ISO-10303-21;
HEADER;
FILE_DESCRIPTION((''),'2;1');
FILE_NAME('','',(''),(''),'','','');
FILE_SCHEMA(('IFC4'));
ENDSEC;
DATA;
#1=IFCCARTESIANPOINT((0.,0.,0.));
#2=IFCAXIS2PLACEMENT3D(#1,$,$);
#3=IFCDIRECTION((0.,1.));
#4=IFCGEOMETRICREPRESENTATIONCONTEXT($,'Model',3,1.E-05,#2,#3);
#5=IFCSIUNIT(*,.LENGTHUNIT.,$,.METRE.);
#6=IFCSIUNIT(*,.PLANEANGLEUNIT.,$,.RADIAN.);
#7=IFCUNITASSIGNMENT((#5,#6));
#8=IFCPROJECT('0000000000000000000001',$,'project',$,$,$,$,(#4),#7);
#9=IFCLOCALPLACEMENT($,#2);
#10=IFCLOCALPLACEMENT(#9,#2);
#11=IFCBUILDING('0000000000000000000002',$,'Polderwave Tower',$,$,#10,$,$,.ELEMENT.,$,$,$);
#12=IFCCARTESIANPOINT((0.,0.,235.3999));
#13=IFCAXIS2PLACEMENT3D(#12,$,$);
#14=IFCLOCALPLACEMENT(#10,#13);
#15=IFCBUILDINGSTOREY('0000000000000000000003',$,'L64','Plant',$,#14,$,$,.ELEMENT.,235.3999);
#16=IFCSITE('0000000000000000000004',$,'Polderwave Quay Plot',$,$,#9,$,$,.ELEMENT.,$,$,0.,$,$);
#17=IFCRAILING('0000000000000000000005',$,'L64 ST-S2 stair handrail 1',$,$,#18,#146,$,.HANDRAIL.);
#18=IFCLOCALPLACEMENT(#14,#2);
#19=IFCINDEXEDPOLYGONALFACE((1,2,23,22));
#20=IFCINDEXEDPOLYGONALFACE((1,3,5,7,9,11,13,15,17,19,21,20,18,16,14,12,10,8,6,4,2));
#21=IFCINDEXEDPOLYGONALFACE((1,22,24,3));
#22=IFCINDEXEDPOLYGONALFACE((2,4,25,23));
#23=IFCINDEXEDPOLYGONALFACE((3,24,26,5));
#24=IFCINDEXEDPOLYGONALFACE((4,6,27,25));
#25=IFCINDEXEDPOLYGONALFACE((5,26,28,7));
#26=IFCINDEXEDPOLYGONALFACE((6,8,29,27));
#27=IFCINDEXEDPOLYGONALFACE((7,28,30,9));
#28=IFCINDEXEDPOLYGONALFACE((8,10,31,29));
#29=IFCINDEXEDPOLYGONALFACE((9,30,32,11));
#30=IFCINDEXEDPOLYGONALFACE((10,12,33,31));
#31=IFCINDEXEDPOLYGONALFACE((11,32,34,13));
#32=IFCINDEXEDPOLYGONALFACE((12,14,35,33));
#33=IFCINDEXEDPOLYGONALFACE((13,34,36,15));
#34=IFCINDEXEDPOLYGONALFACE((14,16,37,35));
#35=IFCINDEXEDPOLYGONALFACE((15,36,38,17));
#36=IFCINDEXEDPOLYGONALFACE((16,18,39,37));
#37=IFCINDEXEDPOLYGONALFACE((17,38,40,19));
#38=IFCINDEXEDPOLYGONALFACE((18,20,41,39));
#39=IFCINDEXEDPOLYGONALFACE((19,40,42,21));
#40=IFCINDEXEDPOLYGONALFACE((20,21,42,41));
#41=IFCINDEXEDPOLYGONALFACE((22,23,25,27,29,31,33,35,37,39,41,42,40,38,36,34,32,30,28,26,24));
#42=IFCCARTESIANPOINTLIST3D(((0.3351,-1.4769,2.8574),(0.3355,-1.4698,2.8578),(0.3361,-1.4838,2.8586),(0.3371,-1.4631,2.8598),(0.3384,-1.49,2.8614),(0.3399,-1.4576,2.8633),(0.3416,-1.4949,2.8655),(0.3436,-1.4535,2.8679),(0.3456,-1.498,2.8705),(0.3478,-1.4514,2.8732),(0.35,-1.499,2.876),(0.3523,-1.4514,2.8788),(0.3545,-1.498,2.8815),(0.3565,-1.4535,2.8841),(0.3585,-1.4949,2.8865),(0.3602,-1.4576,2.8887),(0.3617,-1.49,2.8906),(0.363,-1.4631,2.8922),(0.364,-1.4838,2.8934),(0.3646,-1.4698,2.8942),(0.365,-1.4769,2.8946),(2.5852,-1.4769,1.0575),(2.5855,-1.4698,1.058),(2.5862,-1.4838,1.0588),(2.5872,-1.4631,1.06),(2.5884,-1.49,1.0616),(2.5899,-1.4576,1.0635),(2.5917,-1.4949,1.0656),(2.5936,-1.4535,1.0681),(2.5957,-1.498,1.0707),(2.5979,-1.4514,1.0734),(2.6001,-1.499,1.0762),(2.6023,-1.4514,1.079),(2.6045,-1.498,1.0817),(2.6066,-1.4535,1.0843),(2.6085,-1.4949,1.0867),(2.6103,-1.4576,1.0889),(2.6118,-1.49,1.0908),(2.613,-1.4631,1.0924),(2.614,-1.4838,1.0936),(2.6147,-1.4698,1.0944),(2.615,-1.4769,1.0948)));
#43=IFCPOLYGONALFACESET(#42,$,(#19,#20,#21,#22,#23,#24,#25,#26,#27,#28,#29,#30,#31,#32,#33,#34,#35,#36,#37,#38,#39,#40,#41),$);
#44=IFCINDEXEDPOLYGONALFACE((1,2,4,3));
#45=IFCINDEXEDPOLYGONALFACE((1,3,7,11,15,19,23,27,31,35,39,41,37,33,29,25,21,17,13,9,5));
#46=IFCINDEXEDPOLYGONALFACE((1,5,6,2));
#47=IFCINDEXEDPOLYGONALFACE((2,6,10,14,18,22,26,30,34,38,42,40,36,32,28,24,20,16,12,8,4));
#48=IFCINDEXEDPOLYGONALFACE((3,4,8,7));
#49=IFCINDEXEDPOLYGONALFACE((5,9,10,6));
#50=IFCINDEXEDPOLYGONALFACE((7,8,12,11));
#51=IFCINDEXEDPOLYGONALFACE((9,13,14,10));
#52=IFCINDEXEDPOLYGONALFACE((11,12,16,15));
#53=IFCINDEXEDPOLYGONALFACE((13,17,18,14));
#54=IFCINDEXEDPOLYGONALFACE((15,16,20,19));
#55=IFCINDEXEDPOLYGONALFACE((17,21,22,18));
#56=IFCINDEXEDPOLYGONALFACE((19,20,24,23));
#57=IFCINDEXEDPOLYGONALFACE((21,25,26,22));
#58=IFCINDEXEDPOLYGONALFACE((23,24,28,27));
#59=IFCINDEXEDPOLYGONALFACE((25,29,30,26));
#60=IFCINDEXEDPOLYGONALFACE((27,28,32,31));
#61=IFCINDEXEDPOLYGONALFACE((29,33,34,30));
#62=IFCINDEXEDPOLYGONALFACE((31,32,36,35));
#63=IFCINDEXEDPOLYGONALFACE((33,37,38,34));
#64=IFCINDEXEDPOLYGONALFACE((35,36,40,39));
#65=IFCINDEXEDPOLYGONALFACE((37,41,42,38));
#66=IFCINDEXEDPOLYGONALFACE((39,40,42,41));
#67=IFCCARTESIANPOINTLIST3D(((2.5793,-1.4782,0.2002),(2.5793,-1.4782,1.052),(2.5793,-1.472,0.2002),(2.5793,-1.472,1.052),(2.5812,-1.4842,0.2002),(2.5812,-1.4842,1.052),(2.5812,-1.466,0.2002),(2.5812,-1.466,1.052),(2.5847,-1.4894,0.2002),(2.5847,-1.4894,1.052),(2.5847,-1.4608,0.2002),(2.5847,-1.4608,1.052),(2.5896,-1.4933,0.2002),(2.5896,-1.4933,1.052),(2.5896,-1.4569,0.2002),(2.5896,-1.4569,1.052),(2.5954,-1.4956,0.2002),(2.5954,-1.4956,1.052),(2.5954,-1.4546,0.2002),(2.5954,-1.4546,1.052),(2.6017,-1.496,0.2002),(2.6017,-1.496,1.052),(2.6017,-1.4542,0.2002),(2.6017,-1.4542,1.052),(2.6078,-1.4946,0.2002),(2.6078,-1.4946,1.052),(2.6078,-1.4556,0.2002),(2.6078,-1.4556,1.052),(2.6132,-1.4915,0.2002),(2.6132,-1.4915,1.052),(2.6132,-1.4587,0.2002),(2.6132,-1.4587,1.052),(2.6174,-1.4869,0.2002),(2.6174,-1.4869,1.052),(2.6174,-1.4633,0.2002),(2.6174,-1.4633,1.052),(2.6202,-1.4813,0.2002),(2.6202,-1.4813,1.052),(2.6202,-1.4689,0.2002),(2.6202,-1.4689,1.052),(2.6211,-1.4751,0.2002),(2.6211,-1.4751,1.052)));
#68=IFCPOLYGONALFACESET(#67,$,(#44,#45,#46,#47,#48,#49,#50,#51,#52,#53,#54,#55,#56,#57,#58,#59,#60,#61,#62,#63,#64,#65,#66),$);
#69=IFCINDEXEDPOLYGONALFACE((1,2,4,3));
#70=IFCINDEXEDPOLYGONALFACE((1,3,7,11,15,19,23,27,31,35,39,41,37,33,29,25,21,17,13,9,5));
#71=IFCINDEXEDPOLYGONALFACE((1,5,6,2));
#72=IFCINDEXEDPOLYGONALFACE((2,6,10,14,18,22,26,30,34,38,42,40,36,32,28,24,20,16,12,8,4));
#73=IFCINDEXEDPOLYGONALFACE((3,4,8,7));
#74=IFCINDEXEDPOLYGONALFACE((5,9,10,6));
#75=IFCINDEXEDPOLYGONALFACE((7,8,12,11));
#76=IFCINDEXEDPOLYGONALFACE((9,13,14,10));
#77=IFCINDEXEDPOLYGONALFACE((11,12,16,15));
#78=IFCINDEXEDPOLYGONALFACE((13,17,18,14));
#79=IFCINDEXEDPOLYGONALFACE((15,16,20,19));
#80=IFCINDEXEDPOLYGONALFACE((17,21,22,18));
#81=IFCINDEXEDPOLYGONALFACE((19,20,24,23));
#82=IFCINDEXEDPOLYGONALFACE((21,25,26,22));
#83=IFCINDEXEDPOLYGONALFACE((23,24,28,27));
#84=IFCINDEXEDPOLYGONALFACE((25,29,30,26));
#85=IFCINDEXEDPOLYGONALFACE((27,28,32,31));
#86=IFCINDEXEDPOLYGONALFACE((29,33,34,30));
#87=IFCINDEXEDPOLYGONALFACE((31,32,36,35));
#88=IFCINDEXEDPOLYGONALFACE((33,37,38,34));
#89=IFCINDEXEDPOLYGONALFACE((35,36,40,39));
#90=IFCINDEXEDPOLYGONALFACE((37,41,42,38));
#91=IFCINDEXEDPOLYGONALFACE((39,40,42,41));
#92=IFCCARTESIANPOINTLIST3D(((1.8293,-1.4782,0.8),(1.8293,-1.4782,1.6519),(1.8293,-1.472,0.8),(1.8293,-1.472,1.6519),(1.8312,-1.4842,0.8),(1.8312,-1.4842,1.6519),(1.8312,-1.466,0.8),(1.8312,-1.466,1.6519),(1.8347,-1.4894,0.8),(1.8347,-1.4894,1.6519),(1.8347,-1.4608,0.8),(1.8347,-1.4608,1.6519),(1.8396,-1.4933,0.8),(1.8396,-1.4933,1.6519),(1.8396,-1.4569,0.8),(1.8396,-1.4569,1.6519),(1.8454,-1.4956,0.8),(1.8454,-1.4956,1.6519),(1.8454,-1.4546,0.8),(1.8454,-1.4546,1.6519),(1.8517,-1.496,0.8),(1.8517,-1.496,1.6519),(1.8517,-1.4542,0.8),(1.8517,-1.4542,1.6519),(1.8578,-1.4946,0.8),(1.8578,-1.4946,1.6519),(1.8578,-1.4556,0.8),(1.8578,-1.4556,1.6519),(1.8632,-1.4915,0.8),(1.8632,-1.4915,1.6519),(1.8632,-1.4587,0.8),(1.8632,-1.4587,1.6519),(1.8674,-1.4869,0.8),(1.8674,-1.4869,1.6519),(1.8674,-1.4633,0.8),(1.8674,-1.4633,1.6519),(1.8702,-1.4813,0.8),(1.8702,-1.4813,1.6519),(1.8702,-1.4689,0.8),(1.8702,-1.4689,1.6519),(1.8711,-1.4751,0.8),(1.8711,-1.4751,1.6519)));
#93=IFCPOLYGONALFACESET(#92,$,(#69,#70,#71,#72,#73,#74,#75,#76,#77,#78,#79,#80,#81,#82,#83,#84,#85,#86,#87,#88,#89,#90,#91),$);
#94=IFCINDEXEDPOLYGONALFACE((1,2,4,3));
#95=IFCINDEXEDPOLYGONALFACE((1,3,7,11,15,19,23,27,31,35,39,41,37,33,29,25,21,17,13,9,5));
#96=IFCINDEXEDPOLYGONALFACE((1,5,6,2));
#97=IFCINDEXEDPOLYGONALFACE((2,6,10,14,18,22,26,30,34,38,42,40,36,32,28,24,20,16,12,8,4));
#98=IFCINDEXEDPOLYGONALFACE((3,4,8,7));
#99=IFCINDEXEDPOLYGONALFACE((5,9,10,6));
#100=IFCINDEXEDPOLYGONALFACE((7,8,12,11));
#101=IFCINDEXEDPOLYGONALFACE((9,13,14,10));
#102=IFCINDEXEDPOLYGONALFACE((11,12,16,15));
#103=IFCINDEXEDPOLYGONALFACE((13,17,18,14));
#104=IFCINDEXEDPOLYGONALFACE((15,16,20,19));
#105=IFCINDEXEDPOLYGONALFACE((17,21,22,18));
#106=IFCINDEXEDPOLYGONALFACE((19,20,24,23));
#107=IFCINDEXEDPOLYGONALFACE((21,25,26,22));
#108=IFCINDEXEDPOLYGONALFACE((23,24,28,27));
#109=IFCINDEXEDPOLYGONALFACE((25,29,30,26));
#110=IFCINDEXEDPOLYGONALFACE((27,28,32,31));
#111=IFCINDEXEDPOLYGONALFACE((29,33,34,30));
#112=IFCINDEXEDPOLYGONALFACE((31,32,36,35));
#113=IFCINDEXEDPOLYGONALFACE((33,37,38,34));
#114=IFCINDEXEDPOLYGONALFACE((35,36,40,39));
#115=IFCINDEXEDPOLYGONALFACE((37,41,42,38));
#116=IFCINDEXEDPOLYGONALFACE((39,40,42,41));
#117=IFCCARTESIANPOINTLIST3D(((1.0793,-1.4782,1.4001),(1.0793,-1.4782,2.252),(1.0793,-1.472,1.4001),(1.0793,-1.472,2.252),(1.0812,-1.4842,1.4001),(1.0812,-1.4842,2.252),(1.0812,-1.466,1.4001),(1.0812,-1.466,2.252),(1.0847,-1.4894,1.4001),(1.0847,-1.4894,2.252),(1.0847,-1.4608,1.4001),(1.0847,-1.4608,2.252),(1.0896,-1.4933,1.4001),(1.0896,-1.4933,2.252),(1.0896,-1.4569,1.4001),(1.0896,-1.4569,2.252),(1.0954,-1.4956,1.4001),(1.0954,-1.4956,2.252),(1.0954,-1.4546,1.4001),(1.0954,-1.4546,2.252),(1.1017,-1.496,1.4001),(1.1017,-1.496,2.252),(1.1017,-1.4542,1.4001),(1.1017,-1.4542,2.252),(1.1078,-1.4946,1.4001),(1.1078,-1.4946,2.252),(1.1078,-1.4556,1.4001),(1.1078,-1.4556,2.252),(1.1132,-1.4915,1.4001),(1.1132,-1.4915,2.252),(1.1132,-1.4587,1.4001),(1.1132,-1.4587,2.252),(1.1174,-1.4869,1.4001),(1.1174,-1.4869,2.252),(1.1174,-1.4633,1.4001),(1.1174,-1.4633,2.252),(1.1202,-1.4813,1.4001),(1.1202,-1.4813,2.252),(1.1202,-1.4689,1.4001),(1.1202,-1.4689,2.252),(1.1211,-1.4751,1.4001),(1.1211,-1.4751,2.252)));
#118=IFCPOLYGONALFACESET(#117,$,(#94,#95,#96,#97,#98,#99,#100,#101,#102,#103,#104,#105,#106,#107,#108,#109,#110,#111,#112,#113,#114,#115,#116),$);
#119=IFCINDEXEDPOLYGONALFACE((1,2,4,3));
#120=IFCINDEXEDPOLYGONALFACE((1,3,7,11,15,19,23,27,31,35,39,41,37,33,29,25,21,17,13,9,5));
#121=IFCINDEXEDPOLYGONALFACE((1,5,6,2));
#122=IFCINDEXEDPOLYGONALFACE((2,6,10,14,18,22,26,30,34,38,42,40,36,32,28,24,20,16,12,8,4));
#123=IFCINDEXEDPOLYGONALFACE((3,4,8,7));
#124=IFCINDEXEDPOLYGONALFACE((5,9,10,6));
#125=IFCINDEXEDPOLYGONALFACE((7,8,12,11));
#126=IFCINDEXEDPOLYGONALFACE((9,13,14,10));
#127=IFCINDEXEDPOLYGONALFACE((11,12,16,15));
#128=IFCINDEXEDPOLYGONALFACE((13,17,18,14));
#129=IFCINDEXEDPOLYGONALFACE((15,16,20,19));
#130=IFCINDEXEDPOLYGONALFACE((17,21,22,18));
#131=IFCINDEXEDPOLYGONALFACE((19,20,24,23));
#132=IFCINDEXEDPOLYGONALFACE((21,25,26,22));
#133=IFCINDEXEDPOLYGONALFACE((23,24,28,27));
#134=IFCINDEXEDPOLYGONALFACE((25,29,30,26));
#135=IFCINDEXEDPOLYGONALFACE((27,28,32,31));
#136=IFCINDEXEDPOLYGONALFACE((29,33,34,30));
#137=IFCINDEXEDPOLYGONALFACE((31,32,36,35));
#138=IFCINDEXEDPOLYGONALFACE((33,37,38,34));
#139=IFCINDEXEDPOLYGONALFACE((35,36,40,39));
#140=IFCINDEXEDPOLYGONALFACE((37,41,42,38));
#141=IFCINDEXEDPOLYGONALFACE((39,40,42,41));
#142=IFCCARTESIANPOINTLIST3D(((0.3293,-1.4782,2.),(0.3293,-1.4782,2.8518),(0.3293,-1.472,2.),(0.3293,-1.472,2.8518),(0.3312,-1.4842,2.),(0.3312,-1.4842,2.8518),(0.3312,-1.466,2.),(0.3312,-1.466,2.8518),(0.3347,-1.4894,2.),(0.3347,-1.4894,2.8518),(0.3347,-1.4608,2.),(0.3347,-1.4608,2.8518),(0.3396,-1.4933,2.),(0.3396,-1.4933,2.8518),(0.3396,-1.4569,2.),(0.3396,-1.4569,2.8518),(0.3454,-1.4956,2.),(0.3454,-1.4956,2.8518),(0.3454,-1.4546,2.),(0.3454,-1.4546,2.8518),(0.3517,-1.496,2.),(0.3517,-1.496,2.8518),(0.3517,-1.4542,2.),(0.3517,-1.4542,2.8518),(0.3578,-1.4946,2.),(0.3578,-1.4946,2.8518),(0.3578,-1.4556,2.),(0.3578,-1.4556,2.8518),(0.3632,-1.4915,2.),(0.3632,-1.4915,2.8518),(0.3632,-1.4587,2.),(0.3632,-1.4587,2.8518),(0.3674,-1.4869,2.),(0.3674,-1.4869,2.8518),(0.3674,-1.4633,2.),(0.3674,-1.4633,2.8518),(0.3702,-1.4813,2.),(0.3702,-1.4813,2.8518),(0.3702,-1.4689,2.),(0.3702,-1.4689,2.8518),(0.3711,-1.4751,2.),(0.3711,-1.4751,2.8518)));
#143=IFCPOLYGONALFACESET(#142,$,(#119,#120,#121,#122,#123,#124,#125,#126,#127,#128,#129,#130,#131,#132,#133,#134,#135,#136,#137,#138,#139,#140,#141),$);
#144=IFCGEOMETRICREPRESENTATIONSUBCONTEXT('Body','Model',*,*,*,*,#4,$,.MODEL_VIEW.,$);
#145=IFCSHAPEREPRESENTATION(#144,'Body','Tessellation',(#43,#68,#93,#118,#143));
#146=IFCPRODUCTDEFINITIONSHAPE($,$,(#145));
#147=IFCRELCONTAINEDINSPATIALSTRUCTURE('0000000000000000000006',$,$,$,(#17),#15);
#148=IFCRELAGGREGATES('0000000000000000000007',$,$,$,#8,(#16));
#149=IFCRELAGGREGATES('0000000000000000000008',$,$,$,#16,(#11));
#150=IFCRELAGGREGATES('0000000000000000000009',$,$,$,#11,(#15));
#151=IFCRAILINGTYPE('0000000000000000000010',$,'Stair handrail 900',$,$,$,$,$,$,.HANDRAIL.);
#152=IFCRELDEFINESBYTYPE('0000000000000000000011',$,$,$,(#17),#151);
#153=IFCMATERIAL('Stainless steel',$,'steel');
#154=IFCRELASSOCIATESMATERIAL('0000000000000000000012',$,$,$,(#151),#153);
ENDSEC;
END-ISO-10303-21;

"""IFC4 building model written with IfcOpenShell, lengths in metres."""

from ifc_helpers import new_model, si_unit, direction, frame, origin, origin_2d, place, context, subcontext, project, spatial, circle, extrude, material, type_object, element, save


model = new_model("IFC4")

# Units and contexts
model_context = context("Model", 3, precision=1e-05, world=origin(), true_north=direction((0.0, 1.0)))
body_context = subcontext(model_context, "Body", "Model", "MODEL_VIEW")
ifc_project = project(units=[si_unit("LENGTHUNIT", "METRE"), si_unit("PLANEANGLEUNIT", "RADIAN")], contexts=[model_context])

# Site, building, storey
site_placement = place(None, origin())
site = spatial("IfcSite", under=ifc_project, at=site_placement, Name="Polderwave Quay Plot", CompositionType="ELEMENT", RefElevation=0.0)
building_placement = place(site_placement, origin())
building = spatial("IfcBuilding", under=site, at=building_placement, Name="Polderwave Tower", CompositionType="ELEMENT")
storey_placement = place(building_placement, frame((0.0, 0.0, 235.3999)))
storey = spatial("IfcBuildingStorey", under=building, at=storey_placement, Name="L64", Description="Plant", CompositionType="ELEMENT", Elevation=235.3999)

# Railing
ifc_material_1 = material(Name="Stainless steel", Category="steel")
railing_type_1 = type_object("IfcRailingType", Name="Stair handrail 900", PredefinedType="HANDRAIL", material=ifc_material_1)
railing_1_placement = place(storey_placement, frame((2.6001, -1.4751, 0.2002)))
element("IfcRailing", 1, at=railing_1_placement, inside=storey, type_object=railing_type_1, Name="L64 ST-S2 stair handrail 1", PredefinedType="HANDRAIL", context=body_context, shape_type="SweptSolid", body=[
    extrude(circle(Radius=0.0239, at=origin_2d()), frame((0.0, 0.0, 0.876), z_axis=(-0.780902, 0.0, 0.624654), x_axis=(0.0, -1.0, 0.0)), (0.0, 0.0, 1.0), 2.8813),
    extrude(circle(Radius=0.021, at=origin_2d()), origin(), (0.0, 0.0, 1.0), 0.8518),
    extrude(circle(Radius=0.021, at=origin_2d()), frame((-0.75, 0.0, 0.5999)), (0.0, 0.0, 1.0), 0.8518),
    extrude(circle(Radius=0.021, at=origin_2d()), frame((-1.5, 0.0, 1.2)), (0.0, 0.0, 1.0), 0.8518),
    extrude(circle(Radius=0.021, at=origin_2d()), frame((-2.25, 0.0, 1.7998)), (0.0, 0.0, 1.0), 0.8518),
])

save(model, "model.ifc")
